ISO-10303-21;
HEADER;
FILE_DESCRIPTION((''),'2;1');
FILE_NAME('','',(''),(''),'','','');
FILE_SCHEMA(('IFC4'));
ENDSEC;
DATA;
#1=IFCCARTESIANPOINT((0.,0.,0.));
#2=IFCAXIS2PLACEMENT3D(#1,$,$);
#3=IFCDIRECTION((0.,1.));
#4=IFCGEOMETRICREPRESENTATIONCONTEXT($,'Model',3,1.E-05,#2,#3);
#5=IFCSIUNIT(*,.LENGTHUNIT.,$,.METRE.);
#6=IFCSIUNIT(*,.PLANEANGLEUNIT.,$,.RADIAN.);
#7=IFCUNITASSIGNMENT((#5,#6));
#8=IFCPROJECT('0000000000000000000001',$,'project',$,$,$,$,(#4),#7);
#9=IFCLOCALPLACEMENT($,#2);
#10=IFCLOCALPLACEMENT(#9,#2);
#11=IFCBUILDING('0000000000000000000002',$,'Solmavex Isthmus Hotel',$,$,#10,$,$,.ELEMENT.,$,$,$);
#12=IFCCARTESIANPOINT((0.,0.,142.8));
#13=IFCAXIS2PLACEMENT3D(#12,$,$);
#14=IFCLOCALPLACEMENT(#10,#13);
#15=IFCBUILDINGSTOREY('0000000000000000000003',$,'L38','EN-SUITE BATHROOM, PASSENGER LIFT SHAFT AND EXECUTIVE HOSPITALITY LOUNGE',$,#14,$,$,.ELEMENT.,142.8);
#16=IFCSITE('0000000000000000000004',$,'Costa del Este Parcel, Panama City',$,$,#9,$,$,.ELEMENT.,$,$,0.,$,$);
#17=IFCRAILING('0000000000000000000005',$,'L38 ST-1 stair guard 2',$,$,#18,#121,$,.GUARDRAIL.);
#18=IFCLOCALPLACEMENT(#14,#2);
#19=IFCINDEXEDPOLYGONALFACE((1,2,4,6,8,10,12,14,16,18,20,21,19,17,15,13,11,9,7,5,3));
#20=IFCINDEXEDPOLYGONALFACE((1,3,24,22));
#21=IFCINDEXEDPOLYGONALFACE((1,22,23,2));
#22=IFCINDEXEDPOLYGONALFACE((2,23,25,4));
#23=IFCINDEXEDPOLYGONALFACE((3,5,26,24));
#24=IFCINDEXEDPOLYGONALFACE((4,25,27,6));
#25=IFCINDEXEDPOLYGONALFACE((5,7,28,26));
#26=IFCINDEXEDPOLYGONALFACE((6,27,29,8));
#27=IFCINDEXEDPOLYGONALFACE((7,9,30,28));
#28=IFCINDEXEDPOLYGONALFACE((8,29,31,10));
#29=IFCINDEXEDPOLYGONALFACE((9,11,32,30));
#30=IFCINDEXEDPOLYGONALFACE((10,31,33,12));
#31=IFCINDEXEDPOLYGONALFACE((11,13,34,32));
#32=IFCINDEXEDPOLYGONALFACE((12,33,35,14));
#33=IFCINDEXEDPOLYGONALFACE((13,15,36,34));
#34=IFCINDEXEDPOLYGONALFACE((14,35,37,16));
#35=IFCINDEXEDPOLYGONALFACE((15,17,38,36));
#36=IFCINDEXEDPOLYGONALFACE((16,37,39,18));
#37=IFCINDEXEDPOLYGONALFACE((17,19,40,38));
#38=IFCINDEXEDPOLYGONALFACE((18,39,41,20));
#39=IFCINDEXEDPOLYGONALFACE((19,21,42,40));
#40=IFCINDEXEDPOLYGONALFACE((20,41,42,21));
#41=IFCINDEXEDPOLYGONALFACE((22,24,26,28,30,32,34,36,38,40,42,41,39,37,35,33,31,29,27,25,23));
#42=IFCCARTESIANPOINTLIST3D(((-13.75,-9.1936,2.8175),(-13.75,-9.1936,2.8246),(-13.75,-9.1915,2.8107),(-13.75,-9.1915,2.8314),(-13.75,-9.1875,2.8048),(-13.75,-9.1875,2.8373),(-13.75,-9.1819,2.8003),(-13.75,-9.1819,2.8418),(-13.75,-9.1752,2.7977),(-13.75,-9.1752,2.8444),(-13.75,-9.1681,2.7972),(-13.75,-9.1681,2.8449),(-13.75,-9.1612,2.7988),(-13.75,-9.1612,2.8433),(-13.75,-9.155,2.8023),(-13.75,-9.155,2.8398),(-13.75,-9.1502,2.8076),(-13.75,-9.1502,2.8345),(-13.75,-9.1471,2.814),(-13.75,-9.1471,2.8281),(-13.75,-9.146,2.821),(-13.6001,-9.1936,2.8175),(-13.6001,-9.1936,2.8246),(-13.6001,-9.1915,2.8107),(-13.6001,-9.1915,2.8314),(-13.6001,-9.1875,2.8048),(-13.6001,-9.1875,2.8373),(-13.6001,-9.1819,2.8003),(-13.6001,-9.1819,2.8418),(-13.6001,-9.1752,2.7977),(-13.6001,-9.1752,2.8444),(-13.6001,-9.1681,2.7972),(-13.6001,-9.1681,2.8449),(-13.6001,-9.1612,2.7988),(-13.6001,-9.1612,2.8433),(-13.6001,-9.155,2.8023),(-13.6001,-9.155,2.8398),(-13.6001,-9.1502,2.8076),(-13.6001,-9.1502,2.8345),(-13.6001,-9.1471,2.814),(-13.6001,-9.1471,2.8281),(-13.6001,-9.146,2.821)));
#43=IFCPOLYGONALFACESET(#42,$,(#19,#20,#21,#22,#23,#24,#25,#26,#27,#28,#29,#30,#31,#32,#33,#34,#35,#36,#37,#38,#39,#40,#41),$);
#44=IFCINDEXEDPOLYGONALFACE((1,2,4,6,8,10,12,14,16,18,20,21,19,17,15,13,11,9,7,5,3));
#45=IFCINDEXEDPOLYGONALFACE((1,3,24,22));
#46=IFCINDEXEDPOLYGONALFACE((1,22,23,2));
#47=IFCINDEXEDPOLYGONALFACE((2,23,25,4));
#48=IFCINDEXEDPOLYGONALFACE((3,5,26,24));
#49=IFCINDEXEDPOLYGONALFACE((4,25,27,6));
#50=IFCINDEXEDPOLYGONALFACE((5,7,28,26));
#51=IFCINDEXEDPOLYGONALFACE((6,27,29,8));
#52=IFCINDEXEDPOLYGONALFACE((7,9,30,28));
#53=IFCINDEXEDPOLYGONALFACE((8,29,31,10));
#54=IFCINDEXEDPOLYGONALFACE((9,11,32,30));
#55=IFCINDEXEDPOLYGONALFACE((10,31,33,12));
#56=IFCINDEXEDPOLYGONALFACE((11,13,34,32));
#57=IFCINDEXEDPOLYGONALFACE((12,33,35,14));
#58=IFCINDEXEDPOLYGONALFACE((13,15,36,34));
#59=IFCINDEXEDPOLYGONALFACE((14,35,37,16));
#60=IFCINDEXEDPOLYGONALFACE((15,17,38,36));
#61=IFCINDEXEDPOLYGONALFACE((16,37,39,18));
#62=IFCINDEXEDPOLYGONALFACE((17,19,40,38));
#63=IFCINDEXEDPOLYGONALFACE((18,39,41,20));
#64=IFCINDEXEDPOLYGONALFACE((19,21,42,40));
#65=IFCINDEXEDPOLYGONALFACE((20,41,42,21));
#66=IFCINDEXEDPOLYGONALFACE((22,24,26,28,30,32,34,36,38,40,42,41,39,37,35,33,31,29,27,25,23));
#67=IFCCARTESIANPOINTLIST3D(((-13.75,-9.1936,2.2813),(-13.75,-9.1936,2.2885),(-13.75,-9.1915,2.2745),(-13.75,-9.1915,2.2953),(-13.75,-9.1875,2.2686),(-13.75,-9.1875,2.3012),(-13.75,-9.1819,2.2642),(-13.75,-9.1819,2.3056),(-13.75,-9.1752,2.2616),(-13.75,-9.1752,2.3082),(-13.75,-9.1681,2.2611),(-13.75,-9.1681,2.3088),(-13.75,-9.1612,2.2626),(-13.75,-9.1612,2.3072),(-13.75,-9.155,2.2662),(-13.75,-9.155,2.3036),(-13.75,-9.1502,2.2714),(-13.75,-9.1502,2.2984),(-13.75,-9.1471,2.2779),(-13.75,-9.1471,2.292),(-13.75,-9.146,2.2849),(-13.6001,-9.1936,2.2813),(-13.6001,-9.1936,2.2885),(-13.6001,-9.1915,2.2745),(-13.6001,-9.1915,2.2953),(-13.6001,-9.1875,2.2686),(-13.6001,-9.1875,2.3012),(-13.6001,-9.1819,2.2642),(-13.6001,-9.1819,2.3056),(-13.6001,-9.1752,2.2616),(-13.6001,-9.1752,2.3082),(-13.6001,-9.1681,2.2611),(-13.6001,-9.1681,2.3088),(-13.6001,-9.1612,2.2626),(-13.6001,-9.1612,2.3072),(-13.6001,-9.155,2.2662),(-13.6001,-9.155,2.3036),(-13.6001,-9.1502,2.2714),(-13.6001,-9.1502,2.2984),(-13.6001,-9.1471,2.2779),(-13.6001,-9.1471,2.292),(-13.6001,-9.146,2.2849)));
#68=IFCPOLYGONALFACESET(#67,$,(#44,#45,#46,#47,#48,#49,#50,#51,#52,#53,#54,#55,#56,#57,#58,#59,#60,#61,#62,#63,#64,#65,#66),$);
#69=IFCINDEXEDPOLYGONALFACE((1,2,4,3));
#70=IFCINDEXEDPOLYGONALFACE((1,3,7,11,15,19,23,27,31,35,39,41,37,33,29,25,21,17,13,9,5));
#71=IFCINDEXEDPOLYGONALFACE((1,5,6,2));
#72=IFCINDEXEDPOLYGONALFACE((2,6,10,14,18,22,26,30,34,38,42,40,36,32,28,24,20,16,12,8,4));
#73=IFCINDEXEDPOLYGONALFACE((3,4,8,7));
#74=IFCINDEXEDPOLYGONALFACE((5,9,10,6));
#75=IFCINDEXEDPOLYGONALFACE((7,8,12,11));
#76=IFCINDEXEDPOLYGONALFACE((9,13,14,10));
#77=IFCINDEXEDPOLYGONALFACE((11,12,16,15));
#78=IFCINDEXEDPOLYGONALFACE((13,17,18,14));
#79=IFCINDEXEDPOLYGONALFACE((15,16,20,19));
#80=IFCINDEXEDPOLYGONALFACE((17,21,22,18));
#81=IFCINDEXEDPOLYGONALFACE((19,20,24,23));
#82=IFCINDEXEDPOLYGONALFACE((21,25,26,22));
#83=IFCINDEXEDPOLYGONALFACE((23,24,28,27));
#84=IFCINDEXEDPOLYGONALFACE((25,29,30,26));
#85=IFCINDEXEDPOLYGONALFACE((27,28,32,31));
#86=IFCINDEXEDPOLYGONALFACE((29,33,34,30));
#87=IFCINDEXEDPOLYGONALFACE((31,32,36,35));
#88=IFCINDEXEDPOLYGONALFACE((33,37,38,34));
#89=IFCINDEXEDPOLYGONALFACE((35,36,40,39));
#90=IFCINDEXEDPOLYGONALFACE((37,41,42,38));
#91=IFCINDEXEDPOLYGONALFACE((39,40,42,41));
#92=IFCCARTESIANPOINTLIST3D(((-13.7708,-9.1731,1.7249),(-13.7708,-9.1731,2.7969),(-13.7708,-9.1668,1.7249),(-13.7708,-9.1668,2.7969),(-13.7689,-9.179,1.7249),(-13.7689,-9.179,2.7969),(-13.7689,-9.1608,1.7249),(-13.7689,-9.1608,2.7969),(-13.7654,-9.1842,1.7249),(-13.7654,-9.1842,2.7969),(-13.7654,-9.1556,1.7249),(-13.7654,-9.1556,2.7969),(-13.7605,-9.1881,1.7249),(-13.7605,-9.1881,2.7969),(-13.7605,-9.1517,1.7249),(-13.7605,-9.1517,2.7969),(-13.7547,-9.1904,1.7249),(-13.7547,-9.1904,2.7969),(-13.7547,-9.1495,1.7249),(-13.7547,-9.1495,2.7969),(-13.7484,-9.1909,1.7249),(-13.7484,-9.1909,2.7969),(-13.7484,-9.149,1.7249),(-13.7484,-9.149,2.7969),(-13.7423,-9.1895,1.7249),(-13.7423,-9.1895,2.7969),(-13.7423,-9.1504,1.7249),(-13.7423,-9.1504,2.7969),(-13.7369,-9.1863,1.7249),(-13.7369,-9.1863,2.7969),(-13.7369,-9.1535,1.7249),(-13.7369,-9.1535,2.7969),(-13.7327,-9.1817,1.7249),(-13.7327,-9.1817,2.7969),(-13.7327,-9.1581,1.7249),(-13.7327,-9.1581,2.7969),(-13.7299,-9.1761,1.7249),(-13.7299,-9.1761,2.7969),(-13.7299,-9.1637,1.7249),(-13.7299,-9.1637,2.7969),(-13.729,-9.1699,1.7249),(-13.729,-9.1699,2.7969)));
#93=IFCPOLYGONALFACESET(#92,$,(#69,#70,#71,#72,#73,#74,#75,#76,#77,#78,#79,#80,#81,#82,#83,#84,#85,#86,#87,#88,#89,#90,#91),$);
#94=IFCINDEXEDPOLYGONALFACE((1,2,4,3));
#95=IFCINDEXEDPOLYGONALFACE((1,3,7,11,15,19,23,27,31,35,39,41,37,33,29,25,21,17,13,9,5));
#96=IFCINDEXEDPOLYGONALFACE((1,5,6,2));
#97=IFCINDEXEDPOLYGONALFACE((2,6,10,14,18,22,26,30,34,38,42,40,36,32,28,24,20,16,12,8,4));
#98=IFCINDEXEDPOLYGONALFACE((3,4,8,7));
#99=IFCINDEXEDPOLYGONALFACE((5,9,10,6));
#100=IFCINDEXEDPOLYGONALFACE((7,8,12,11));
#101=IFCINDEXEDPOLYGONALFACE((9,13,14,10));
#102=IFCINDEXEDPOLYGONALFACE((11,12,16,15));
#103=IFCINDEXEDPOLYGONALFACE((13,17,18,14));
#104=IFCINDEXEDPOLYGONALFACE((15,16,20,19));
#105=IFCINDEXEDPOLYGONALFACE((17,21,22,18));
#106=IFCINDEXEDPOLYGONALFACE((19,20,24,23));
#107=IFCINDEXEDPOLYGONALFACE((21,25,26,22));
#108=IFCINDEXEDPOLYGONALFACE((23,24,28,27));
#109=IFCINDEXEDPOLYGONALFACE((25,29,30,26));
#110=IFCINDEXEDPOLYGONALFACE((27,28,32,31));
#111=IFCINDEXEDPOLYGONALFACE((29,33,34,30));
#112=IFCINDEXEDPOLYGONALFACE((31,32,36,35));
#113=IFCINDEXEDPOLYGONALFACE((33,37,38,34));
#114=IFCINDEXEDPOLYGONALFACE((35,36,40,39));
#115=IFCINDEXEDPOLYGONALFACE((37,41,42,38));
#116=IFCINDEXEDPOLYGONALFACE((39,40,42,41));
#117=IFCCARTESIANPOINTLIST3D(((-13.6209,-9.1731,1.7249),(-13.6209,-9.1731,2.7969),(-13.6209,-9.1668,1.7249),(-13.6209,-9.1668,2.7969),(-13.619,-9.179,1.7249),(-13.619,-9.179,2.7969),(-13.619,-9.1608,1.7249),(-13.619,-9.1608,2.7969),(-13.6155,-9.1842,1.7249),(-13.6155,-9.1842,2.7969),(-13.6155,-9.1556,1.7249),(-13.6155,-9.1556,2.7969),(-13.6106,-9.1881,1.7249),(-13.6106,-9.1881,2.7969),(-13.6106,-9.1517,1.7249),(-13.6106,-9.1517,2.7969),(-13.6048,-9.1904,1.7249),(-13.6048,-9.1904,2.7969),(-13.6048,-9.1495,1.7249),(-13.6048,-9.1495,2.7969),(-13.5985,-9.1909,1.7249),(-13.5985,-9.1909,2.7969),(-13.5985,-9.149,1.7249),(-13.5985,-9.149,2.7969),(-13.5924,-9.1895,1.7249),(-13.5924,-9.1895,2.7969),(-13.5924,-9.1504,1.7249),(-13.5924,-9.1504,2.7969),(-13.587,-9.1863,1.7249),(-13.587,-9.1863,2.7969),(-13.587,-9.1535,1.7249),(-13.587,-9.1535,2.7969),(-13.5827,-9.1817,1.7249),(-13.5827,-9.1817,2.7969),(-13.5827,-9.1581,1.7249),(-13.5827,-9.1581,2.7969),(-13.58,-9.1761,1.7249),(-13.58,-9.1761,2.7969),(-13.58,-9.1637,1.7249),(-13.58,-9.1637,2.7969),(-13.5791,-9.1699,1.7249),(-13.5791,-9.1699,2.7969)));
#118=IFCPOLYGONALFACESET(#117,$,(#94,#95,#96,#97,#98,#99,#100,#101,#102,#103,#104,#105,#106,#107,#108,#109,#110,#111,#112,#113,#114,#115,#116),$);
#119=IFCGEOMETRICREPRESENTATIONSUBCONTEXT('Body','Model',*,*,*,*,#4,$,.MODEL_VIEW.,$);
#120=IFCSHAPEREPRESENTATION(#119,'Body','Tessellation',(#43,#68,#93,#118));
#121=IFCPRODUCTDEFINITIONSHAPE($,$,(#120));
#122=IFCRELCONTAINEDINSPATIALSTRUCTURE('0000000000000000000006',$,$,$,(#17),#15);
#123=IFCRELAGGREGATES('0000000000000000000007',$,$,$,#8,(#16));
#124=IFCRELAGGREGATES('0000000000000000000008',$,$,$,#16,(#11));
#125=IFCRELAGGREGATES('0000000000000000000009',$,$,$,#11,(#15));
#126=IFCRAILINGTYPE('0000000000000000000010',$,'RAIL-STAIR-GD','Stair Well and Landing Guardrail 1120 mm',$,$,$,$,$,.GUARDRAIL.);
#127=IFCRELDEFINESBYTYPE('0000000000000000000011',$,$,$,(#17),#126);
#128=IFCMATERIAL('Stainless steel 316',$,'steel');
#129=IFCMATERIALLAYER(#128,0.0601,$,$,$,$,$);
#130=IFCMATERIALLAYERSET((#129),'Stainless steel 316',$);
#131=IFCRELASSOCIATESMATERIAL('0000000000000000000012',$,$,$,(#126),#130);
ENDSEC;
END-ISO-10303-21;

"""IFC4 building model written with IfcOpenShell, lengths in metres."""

from ifc_helpers import new_model, si_unit, direction, frame, origin, origin_2d, place, context, subcontext, project, spatial, circle, extrude, material, layer, layer_set, type_object, element, save


model = new_model("IFC4")

# Units and contexts
model_context = context("Model", 3, precision=1e-05, world=origin(), true_north=direction((0.0, 1.0)))
body_context = subcontext(model_context, "Body", "Model", "MODEL_VIEW")
ifc_project = project(units=[si_unit("LENGTHUNIT", "METRE"), si_unit("PLANEANGLEUNIT", "RADIAN")], contexts=[model_context])

# Site, building, storey
site_placement = place(None, origin())
site = spatial("IfcSite", under=ifc_project, at=site_placement, Name="Costa del Este Parcel, Panama City", CompositionType="ELEMENT", RefElevation=0.0)
building_placement = place(site_placement, origin())
building = spatial("IfcBuilding", under=site, at=building_placement, Name="Solmavex Isthmus Hotel", CompositionType="ELEMENT")
storey_placement = place(building_placement, frame((0.0, 0.0, 142.8)))
storey = spatial("IfcBuildingStorey", under=building, at=storey_placement, Name="L38", Description="EN-SUITE BATHROOM, PASSENGER LIFT SHAFT AND EXECUTIVE HOSPITALITY LOUNGE", CompositionType="ELEMENT", Elevation=142.8)

# Railing
ifc_material_1 = material(Name="Stainless steel 316", Category="steel")
ifc_layer_1 = layer(ifc_material_1, 0.0601)
ifc_layer_set_1 = layer_set([ifc_layer_1], Name="Stainless steel 316")
railing_type = type_object("IfcRailingType", Name="RAIL-STAIR-GD", Description="Stair Well and Landing Guardrail 1120 mm", PredefinedType="GUARDRAIL", material=ifc_layer_set_1)
railing_1_placement = place(storey_placement, frame((-13.75, -9.1699, 1.7249)))
element("IfcRailing", 1, at=railing_1_placement, inside=storey, type_object=railing_type, Name="L38 ST-1 stair guard 2", PredefinedType="GUARDRAIL", context=body_context, shape_type="SweptSolid", body=[
    extrude(circle(Radius=0.0239, at=origin_2d()), frame((0.0, 0.0, 1.0962), z_axis=(1.0, 0.0, 0.0), x_axis=(0.0, 1.0, 0.0)), (0.0, 0.0, 1.0), 0.1499),
    extrude(circle(Radius=0.0239, at=origin_2d()), frame((0.0, 0.0, 0.5601), z_axis=(1.0, 0.0, 0.0), x_axis=(0.0, 1.0, 0.0)), (0.0, 0.0, 1.0), 0.1499),
    extrude(circle(Radius=0.021, at=origin_2d()), origin(), (0.0, 0.0, 1.0), 1.072),
    extrude(circle(Radius=0.021, at=origin_2d()), frame((0.1499, 0.0, 0.0)), (0.0, 0.0, 1.0), 1.072),
])

save(model, "model.ifc")
